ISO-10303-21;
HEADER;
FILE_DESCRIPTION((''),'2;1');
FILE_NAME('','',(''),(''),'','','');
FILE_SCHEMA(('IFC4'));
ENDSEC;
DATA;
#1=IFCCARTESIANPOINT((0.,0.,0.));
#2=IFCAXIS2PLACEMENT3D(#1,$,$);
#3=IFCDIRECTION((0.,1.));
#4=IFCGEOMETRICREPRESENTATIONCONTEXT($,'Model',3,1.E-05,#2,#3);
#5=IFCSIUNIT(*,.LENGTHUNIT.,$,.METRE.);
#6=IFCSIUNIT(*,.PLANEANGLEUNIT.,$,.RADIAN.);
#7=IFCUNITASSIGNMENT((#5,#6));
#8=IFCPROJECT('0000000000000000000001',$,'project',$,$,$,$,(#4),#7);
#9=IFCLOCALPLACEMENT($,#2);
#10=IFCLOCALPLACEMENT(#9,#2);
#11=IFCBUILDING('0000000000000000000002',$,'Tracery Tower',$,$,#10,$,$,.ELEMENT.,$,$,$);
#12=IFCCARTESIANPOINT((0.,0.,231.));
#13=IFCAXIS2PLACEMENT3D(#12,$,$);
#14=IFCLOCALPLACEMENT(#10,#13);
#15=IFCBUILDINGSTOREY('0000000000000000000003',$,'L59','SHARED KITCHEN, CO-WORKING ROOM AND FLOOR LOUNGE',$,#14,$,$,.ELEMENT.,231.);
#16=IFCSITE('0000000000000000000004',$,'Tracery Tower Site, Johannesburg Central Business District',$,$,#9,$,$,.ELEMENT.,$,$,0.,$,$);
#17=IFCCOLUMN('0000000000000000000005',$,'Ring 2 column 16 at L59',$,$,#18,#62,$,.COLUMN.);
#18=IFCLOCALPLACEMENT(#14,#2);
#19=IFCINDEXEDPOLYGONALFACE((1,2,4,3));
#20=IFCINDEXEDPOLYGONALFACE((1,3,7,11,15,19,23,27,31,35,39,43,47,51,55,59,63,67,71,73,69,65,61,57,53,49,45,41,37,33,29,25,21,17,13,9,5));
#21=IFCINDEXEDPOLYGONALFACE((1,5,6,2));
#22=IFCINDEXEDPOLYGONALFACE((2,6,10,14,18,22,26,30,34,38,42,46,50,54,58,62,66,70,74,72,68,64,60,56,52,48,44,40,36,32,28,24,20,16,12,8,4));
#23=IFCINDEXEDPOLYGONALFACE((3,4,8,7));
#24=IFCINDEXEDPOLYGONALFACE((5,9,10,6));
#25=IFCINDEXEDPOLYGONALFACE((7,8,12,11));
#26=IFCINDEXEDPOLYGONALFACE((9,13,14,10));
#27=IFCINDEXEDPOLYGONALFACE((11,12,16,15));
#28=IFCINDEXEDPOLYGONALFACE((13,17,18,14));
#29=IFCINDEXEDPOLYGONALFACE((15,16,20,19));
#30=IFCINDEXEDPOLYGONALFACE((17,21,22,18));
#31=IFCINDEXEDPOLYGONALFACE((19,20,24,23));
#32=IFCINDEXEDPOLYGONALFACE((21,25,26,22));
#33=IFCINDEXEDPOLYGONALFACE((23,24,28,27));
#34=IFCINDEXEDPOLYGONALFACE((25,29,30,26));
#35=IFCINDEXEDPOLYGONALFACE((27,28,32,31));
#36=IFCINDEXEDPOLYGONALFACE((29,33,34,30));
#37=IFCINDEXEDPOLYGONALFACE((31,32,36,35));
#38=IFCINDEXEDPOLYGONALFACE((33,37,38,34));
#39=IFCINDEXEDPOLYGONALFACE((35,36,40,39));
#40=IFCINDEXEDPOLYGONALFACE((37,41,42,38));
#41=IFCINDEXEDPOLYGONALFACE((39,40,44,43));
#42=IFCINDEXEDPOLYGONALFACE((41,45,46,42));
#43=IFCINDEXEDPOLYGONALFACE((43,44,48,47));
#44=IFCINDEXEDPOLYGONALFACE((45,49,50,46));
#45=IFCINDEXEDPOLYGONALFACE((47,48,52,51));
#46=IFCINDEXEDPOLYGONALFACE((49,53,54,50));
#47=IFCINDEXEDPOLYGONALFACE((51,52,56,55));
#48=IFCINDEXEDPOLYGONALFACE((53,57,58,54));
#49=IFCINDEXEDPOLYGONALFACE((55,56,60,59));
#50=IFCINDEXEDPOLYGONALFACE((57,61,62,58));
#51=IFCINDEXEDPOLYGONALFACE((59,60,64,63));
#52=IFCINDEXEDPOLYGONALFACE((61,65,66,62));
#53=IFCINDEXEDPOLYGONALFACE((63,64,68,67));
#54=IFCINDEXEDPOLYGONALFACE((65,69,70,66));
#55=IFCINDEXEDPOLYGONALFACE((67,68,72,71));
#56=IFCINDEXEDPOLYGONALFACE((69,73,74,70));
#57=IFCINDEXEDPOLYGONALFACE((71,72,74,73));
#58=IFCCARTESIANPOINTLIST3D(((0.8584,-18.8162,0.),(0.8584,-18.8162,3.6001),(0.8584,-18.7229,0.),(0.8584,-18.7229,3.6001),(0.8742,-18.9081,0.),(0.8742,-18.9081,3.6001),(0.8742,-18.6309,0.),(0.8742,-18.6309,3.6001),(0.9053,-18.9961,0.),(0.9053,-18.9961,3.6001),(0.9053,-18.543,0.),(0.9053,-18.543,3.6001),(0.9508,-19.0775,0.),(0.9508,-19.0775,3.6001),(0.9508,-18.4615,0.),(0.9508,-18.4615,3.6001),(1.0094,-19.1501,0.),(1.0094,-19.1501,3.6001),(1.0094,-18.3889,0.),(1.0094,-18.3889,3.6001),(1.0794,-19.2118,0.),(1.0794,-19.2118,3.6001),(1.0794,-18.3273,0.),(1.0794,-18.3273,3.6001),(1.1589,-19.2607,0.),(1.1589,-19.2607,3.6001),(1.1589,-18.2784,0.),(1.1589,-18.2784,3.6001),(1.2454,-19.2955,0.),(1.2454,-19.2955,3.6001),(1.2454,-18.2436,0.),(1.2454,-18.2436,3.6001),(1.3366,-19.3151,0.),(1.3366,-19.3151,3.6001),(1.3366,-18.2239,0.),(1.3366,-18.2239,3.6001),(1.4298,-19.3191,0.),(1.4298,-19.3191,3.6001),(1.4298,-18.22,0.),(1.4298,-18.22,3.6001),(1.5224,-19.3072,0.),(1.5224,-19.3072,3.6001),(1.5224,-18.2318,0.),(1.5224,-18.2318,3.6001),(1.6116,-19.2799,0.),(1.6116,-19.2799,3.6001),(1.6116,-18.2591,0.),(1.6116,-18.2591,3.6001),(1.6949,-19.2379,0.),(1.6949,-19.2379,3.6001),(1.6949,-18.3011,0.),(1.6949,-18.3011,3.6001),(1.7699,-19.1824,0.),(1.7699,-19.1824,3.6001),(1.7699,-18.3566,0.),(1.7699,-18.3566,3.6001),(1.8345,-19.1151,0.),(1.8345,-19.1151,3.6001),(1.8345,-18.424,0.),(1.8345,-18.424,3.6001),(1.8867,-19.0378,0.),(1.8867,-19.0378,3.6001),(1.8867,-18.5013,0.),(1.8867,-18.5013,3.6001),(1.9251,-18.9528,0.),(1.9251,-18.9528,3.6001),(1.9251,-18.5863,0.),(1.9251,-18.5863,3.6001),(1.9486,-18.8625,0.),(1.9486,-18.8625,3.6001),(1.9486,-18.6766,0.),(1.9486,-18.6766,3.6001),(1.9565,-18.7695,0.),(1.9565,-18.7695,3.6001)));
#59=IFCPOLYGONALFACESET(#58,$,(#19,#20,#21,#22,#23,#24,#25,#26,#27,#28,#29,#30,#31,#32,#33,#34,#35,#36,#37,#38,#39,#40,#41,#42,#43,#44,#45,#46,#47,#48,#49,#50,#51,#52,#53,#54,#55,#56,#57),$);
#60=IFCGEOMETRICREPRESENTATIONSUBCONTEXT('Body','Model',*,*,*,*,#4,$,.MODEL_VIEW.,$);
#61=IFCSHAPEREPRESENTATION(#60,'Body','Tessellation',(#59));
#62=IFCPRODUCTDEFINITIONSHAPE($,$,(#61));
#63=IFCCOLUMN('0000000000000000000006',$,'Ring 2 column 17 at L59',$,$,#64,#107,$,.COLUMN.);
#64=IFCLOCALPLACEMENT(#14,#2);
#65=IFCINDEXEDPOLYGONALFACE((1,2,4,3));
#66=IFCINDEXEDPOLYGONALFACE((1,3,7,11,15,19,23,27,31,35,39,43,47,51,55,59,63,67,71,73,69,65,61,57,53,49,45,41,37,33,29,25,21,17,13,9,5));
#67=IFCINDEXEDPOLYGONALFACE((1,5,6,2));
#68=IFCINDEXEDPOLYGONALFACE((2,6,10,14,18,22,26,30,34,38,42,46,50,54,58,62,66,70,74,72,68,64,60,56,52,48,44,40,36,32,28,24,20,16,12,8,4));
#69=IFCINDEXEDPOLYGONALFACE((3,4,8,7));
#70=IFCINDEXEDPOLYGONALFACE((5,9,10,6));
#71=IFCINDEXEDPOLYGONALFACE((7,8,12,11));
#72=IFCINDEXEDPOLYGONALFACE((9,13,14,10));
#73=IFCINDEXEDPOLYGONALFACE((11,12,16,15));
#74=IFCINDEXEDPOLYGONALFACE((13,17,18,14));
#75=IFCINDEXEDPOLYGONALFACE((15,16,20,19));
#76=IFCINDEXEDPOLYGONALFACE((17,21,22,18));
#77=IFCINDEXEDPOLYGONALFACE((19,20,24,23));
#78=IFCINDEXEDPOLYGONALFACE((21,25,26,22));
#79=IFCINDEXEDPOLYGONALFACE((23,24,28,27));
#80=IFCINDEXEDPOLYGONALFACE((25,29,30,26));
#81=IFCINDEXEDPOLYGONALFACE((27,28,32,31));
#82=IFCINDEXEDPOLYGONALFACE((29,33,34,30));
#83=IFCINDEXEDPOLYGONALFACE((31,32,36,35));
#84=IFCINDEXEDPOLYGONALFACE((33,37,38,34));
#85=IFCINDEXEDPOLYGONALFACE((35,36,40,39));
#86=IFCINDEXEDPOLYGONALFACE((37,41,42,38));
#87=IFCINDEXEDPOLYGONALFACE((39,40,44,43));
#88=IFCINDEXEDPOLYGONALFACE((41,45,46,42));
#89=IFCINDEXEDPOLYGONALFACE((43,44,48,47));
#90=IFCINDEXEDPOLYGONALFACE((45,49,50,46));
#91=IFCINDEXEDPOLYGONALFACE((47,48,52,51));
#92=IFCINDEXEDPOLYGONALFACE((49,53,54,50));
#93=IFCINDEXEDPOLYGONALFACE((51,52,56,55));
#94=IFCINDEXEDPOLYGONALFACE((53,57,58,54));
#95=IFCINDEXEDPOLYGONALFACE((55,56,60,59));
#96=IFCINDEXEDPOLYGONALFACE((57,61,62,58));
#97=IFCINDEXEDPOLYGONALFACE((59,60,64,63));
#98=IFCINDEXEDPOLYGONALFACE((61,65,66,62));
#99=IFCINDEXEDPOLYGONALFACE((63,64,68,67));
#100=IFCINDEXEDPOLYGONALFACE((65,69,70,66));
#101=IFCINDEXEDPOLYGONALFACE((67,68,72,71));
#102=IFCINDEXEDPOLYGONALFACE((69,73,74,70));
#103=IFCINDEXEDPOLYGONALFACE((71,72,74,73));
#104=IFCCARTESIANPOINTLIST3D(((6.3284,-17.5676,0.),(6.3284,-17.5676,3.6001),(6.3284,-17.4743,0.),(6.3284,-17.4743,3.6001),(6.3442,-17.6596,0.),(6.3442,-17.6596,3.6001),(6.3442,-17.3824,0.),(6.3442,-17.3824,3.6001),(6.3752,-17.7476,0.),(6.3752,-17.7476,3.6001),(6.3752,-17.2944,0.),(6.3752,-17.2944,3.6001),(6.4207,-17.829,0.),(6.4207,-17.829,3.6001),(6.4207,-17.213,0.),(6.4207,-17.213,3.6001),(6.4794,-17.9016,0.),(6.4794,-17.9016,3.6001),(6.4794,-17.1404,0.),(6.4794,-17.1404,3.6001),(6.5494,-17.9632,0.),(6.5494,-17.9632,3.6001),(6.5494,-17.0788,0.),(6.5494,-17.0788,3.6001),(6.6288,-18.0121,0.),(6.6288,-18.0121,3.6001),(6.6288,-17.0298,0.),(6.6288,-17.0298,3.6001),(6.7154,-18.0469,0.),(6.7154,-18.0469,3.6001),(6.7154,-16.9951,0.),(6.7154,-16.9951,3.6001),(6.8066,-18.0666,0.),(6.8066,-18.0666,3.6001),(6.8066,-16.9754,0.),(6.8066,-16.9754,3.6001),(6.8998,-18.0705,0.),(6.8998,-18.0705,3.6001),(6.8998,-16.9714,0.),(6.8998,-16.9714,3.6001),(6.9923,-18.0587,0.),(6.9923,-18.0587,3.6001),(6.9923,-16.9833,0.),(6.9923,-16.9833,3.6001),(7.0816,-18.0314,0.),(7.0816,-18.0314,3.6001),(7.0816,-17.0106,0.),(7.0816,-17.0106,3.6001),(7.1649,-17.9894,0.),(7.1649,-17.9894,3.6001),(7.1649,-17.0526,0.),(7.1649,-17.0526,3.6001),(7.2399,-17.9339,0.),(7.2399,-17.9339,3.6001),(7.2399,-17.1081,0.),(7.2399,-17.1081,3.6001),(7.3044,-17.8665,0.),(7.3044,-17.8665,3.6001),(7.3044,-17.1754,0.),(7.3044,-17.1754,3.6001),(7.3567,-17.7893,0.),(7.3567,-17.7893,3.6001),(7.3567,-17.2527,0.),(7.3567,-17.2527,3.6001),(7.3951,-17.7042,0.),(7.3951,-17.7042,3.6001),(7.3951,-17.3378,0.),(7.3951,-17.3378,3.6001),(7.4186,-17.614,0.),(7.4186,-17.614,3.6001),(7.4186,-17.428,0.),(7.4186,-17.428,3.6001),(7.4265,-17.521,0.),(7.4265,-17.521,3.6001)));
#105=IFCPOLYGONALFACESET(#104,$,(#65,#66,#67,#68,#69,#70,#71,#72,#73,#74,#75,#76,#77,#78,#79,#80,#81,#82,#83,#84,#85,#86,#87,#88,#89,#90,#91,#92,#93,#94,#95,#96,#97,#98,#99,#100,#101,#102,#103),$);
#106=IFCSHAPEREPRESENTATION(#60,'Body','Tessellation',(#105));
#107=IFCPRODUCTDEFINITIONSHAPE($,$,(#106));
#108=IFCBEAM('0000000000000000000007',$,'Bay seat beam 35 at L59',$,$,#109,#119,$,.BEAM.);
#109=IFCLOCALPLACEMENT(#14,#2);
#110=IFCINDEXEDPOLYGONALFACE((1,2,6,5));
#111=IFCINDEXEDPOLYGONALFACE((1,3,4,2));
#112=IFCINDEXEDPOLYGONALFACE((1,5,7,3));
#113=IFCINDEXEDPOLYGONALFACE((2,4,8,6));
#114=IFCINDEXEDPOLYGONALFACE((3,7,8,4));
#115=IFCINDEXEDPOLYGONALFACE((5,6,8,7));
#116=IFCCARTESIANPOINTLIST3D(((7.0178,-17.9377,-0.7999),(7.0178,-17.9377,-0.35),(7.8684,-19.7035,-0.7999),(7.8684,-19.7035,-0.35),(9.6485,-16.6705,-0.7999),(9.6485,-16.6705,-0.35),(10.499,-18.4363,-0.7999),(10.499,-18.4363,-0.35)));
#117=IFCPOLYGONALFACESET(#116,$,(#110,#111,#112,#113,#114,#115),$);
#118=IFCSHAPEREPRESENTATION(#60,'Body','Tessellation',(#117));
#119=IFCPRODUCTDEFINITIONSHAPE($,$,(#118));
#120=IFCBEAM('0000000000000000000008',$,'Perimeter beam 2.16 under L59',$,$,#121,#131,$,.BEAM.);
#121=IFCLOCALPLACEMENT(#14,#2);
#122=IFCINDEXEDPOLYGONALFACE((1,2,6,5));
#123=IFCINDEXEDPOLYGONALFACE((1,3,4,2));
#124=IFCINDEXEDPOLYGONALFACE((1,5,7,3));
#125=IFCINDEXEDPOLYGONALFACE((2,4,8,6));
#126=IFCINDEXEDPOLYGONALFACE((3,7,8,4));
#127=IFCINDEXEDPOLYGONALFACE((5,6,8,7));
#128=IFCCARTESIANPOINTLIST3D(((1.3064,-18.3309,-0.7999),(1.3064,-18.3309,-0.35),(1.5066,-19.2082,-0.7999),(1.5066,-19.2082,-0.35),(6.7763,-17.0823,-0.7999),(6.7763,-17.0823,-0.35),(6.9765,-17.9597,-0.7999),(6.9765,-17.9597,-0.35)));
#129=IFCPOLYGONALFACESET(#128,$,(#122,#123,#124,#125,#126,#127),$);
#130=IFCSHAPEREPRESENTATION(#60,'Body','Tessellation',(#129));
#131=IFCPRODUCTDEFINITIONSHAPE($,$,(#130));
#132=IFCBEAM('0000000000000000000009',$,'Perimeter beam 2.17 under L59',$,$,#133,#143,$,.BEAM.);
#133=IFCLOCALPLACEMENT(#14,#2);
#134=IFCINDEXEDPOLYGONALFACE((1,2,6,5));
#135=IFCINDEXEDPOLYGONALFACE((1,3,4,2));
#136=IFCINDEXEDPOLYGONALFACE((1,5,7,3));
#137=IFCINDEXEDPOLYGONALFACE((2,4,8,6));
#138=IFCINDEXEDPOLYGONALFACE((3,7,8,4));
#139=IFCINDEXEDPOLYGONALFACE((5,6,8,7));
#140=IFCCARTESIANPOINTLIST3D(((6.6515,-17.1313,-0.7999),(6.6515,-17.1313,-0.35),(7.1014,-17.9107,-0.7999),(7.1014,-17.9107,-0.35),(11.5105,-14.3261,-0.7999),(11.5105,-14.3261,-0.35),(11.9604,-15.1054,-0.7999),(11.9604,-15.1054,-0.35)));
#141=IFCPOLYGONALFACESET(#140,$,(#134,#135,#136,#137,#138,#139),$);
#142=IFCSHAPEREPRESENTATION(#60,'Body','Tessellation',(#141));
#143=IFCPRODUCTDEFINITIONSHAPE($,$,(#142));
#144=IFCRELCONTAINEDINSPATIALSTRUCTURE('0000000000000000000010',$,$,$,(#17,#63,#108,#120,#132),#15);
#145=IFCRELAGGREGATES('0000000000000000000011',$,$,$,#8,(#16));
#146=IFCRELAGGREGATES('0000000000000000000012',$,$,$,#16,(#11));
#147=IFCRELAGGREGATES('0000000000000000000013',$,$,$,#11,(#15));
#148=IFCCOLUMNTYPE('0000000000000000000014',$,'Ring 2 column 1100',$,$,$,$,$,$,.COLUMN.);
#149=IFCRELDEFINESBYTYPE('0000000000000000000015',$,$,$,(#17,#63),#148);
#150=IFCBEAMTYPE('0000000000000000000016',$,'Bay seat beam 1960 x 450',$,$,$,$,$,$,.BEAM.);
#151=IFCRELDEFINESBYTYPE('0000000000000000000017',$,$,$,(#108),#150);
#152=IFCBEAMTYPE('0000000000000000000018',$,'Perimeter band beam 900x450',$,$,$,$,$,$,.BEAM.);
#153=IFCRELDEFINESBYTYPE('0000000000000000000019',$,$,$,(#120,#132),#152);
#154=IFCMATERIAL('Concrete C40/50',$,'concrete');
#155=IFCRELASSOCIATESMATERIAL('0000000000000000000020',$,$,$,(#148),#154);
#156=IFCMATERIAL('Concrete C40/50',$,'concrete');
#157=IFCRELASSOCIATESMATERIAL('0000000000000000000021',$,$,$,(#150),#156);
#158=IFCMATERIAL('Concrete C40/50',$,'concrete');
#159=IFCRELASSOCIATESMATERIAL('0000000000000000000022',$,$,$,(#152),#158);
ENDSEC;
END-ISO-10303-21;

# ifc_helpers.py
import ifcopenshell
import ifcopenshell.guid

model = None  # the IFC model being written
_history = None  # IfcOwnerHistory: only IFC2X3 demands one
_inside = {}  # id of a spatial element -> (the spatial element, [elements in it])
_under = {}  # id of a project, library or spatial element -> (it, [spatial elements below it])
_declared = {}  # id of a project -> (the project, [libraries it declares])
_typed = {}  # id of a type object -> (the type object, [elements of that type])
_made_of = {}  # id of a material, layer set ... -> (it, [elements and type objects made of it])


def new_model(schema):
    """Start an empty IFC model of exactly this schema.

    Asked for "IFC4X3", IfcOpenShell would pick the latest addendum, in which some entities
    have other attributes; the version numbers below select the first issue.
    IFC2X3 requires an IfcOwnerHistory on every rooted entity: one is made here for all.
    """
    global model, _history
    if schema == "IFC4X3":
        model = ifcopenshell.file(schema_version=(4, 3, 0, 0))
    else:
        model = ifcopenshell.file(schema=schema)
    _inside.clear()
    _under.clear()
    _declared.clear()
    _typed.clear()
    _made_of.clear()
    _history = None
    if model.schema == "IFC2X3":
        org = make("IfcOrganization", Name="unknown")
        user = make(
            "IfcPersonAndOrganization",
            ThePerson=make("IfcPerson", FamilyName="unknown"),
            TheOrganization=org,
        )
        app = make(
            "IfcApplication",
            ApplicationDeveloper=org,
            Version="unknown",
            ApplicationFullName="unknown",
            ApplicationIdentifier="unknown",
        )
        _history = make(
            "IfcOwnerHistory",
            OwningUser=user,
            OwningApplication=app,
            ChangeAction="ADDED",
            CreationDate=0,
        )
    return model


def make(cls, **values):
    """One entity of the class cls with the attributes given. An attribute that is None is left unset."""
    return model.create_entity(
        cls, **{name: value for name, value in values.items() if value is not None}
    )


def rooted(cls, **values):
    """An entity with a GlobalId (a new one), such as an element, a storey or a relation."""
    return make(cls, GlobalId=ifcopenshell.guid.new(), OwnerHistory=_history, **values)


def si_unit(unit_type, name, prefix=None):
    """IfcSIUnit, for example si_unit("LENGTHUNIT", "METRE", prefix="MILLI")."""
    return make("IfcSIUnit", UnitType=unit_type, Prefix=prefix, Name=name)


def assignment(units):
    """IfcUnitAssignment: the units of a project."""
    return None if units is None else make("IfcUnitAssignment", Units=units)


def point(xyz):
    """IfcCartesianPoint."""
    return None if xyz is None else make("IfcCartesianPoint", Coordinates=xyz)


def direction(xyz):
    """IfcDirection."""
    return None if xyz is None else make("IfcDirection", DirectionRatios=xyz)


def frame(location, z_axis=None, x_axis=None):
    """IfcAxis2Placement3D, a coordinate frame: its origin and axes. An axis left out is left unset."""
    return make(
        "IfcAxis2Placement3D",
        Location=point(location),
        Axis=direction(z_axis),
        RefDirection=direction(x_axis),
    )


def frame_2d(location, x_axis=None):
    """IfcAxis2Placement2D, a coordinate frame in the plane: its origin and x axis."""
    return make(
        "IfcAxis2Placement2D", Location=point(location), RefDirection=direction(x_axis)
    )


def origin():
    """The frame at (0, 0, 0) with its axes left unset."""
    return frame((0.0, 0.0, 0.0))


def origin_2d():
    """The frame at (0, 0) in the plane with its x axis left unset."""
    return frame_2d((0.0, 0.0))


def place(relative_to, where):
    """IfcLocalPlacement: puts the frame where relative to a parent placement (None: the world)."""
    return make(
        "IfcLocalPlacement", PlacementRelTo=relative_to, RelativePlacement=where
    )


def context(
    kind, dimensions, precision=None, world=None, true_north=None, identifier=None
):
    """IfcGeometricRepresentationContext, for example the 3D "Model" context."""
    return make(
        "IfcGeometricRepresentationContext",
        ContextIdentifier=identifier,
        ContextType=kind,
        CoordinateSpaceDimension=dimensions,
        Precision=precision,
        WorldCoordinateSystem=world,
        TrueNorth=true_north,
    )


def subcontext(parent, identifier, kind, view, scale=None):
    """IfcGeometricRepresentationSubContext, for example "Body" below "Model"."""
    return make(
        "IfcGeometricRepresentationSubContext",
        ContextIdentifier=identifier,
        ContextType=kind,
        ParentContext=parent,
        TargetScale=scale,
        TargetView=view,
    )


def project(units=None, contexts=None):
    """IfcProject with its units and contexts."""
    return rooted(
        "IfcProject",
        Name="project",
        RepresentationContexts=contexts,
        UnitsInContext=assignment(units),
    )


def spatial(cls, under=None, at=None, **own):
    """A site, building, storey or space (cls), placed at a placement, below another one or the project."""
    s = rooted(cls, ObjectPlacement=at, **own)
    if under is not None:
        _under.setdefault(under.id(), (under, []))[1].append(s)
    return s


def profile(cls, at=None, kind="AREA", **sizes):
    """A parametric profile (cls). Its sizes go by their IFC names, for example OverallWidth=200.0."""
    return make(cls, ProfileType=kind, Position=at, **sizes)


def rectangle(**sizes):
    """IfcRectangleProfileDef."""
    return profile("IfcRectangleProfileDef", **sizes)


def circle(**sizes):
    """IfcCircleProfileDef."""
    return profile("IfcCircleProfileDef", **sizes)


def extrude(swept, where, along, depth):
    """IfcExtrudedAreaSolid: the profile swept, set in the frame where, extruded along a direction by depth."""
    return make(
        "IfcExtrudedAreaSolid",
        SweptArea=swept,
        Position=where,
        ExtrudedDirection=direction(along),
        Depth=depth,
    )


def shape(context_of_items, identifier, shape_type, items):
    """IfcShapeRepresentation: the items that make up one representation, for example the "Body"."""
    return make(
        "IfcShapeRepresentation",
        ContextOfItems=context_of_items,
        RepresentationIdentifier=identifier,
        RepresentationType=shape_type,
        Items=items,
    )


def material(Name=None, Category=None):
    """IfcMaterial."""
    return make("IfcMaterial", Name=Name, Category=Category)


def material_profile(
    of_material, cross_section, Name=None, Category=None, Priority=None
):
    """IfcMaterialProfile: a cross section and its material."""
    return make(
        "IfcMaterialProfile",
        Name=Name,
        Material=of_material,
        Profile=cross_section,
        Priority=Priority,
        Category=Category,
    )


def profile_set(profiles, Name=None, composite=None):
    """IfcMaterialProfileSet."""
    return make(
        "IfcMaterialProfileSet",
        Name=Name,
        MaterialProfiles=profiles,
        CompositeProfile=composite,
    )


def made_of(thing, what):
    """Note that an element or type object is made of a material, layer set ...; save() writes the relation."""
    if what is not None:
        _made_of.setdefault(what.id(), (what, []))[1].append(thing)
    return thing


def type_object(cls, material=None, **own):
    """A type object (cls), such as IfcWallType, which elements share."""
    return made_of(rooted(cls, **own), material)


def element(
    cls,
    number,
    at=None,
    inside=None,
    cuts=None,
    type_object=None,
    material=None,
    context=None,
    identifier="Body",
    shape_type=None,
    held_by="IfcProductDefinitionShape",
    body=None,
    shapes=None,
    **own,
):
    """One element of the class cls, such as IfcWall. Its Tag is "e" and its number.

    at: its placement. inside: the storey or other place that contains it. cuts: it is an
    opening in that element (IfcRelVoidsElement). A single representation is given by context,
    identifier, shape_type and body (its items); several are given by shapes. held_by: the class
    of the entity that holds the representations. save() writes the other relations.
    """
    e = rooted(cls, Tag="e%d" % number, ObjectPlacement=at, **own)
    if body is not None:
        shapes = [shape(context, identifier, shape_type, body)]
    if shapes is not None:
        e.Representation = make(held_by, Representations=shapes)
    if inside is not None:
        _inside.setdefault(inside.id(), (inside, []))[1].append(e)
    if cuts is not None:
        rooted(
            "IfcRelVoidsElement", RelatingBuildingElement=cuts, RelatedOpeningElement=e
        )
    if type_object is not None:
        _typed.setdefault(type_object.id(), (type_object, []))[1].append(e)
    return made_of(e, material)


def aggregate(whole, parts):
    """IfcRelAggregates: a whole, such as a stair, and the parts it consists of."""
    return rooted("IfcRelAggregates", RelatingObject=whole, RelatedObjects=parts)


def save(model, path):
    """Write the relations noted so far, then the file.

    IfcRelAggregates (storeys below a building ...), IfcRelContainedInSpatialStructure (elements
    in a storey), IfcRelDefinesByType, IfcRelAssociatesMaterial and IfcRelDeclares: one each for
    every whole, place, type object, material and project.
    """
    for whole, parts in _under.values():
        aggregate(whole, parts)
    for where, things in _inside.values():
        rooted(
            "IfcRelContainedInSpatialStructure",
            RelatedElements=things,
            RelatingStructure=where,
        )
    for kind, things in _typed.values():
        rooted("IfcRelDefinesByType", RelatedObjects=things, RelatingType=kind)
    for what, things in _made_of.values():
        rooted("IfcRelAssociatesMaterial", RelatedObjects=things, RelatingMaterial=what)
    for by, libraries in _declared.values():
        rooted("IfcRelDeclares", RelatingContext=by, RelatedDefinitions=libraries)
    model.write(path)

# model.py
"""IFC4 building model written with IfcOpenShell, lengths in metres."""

from ifc_helpers import new_model, si_unit, direction, frame, origin, origin_2d, place, context, subcontext, project, spatial, rectangle, circle, extrude, material, material_profile, profile_set, type_object, element, save


model = new_model("IFC4")

# Units and contexts
model_context = context("Model", 3, precision=1e-05, world=origin(), true_north=direction((0.0, 1.0)))
body_context = subcontext(model_context, "Body", "Model", "MODEL_VIEW")
ifc_project = project(units=[si_unit("LENGTHUNIT", "METRE"), si_unit("PLANEANGLEUNIT", "RADIAN")], contexts=[model_context])

# Site, building, storey
site_placement = place(None, origin())
site = spatial("IfcSite", under=ifc_project, at=site_placement, Name="Tracery Tower Site, Johannesburg Central Business District", CompositionType="ELEMENT", RefElevation=0.0)
building_placement = place(site_placement, origin())
building = spatial("IfcBuilding", under=site, at=building_placement, Name="Tracery Tower", CompositionType="ELEMENT")
storey_placement = place(building_placement, frame((0.0, 0.0, 231.0)))
storey = spatial("IfcBuildingStorey", under=building, at=storey_placement, Name="L59", Description="SHARED KITCHEN, CO-WORKING ROOM AND FLOOR LOUNGE", CompositionType="ELEMENT", Elevation=231.0)

# Columns
ifc_material_1 = material(Name="Concrete C40/50", Category="concrete")
ifc_material_profile_1 = material_profile(ifc_material_1, circle(Radius=0.55, at=origin_2d()), Name="RC D1100")
ifc_profile_set_1 = profile_set([ifc_material_profile_1], Name="Concrete C40/50")
column_type = type_object("IfcColumnType", Name="Ring 2 column 1100", PredefinedType="COLUMN", material=ifc_profile_set_1)
for number, where, z_axis, x_axis, name in (
    (1, (1.4065, -18.7695, 0.0), (0.0, 0.0, 1.0), (1.0, 0.0, 0.0), "Ring 2 column 16 at L59"),
    (2, (6.8765, -17.521, 0.0), (0.0, 0.0, 1.0), (1.0, 0.0, 0.0), "Ring 2 column 17 at L59"),
):
    element("IfcColumn", number, at=place(storey_placement, frame(where, z_axis=z_axis, x_axis=x_axis)), inside=storey, type_object=column_type, Name=name, PredefinedType="COLUMN", context=body_context, shape_type="SweptSolid", body=[
        extrude(circle(Radius=0.55, at=origin_2d()), origin(), (0.0, 0.0, 1.0), 3.6001),
    ])

# Beams
ifc_material_2 = material(Name="Concrete C40/50", Category="concrete")
ifc_material_profile_2 = material_profile(ifc_material_2, rectangle(XDim=1.96, YDim=0.45, at=origin_2d()), Name="RC 1960x450")
ifc_profile_set_2 = profile_set([ifc_material_profile_2], Name="Concrete C40/50")
beam_type_1 = type_object("IfcBeamType", Name="Bay seat beam 1960 x 450", PredefinedType="BEAM", material=ifc_profile_set_2)
beam_placement = place(storey_placement, frame((7.4431, -18.8206, -0.575), z_axis=(0.900935, 0.433954, 0.0), x_axis=(-0.433954, 0.900935, 0.0)))
element("IfcBeam", 3, at=beam_placement, inside=storey, type_object=beam_type_1, Name="Bay seat beam 35 at L59", PredefinedType="BEAM", context=body_context, shape_type="SweptSolid", body=[
    extrude(rectangle(XDim=1.96, YDim=0.45, at=origin_2d()), origin(), (0.0, 0.0, 1.0), 2.9199),
])
ifc_material_3 = material(Name="Concrete C40/50", Category="concrete")
ifc_material_profile_3 = material_profile(ifc_material_3, rectangle(XDim=0.8999, YDim=0.45, at=origin_2d()), Name="RC 900x450")
ifc_profile_set_3 = profile_set([ifc_material_profile_3], Name="Concrete C40/50")
beam_type_2 = type_object("IfcBeamType", Name="Perimeter band beam 900x450", PredefinedType="BEAM", material=ifc_profile_set_3)
for number, where, z_axis, x_axis, name in (
    (4, (1.4065, -18.7695, -0.575), (0.974926, 0.222529, 0.0), (-0.222529, 0.974926, 0.0), "Perimeter beam 2.16 under L59"),
    (5, (6.8765, -17.521, -0.575), (0.866033, 0.499986, 0.0), (-0.499986, 0.866033, 0.0), "Perimeter beam 2.17 under L59"),
):
    element("IfcBeam", number, at=place(storey_placement, frame(where, z_axis=z_axis, x_axis=x_axis)), inside=storey, type_object=beam_type_2, Name=name, PredefinedType="BEAM", context=body_context, shape_type="SweptSolid", body=[
        extrude(rectangle(XDim=0.8999, YDim=0.45, at=origin_2d()), origin(), (0.0, 0.0, 1.0), 5.6106),
    ])

save(model, "model.ifc")
